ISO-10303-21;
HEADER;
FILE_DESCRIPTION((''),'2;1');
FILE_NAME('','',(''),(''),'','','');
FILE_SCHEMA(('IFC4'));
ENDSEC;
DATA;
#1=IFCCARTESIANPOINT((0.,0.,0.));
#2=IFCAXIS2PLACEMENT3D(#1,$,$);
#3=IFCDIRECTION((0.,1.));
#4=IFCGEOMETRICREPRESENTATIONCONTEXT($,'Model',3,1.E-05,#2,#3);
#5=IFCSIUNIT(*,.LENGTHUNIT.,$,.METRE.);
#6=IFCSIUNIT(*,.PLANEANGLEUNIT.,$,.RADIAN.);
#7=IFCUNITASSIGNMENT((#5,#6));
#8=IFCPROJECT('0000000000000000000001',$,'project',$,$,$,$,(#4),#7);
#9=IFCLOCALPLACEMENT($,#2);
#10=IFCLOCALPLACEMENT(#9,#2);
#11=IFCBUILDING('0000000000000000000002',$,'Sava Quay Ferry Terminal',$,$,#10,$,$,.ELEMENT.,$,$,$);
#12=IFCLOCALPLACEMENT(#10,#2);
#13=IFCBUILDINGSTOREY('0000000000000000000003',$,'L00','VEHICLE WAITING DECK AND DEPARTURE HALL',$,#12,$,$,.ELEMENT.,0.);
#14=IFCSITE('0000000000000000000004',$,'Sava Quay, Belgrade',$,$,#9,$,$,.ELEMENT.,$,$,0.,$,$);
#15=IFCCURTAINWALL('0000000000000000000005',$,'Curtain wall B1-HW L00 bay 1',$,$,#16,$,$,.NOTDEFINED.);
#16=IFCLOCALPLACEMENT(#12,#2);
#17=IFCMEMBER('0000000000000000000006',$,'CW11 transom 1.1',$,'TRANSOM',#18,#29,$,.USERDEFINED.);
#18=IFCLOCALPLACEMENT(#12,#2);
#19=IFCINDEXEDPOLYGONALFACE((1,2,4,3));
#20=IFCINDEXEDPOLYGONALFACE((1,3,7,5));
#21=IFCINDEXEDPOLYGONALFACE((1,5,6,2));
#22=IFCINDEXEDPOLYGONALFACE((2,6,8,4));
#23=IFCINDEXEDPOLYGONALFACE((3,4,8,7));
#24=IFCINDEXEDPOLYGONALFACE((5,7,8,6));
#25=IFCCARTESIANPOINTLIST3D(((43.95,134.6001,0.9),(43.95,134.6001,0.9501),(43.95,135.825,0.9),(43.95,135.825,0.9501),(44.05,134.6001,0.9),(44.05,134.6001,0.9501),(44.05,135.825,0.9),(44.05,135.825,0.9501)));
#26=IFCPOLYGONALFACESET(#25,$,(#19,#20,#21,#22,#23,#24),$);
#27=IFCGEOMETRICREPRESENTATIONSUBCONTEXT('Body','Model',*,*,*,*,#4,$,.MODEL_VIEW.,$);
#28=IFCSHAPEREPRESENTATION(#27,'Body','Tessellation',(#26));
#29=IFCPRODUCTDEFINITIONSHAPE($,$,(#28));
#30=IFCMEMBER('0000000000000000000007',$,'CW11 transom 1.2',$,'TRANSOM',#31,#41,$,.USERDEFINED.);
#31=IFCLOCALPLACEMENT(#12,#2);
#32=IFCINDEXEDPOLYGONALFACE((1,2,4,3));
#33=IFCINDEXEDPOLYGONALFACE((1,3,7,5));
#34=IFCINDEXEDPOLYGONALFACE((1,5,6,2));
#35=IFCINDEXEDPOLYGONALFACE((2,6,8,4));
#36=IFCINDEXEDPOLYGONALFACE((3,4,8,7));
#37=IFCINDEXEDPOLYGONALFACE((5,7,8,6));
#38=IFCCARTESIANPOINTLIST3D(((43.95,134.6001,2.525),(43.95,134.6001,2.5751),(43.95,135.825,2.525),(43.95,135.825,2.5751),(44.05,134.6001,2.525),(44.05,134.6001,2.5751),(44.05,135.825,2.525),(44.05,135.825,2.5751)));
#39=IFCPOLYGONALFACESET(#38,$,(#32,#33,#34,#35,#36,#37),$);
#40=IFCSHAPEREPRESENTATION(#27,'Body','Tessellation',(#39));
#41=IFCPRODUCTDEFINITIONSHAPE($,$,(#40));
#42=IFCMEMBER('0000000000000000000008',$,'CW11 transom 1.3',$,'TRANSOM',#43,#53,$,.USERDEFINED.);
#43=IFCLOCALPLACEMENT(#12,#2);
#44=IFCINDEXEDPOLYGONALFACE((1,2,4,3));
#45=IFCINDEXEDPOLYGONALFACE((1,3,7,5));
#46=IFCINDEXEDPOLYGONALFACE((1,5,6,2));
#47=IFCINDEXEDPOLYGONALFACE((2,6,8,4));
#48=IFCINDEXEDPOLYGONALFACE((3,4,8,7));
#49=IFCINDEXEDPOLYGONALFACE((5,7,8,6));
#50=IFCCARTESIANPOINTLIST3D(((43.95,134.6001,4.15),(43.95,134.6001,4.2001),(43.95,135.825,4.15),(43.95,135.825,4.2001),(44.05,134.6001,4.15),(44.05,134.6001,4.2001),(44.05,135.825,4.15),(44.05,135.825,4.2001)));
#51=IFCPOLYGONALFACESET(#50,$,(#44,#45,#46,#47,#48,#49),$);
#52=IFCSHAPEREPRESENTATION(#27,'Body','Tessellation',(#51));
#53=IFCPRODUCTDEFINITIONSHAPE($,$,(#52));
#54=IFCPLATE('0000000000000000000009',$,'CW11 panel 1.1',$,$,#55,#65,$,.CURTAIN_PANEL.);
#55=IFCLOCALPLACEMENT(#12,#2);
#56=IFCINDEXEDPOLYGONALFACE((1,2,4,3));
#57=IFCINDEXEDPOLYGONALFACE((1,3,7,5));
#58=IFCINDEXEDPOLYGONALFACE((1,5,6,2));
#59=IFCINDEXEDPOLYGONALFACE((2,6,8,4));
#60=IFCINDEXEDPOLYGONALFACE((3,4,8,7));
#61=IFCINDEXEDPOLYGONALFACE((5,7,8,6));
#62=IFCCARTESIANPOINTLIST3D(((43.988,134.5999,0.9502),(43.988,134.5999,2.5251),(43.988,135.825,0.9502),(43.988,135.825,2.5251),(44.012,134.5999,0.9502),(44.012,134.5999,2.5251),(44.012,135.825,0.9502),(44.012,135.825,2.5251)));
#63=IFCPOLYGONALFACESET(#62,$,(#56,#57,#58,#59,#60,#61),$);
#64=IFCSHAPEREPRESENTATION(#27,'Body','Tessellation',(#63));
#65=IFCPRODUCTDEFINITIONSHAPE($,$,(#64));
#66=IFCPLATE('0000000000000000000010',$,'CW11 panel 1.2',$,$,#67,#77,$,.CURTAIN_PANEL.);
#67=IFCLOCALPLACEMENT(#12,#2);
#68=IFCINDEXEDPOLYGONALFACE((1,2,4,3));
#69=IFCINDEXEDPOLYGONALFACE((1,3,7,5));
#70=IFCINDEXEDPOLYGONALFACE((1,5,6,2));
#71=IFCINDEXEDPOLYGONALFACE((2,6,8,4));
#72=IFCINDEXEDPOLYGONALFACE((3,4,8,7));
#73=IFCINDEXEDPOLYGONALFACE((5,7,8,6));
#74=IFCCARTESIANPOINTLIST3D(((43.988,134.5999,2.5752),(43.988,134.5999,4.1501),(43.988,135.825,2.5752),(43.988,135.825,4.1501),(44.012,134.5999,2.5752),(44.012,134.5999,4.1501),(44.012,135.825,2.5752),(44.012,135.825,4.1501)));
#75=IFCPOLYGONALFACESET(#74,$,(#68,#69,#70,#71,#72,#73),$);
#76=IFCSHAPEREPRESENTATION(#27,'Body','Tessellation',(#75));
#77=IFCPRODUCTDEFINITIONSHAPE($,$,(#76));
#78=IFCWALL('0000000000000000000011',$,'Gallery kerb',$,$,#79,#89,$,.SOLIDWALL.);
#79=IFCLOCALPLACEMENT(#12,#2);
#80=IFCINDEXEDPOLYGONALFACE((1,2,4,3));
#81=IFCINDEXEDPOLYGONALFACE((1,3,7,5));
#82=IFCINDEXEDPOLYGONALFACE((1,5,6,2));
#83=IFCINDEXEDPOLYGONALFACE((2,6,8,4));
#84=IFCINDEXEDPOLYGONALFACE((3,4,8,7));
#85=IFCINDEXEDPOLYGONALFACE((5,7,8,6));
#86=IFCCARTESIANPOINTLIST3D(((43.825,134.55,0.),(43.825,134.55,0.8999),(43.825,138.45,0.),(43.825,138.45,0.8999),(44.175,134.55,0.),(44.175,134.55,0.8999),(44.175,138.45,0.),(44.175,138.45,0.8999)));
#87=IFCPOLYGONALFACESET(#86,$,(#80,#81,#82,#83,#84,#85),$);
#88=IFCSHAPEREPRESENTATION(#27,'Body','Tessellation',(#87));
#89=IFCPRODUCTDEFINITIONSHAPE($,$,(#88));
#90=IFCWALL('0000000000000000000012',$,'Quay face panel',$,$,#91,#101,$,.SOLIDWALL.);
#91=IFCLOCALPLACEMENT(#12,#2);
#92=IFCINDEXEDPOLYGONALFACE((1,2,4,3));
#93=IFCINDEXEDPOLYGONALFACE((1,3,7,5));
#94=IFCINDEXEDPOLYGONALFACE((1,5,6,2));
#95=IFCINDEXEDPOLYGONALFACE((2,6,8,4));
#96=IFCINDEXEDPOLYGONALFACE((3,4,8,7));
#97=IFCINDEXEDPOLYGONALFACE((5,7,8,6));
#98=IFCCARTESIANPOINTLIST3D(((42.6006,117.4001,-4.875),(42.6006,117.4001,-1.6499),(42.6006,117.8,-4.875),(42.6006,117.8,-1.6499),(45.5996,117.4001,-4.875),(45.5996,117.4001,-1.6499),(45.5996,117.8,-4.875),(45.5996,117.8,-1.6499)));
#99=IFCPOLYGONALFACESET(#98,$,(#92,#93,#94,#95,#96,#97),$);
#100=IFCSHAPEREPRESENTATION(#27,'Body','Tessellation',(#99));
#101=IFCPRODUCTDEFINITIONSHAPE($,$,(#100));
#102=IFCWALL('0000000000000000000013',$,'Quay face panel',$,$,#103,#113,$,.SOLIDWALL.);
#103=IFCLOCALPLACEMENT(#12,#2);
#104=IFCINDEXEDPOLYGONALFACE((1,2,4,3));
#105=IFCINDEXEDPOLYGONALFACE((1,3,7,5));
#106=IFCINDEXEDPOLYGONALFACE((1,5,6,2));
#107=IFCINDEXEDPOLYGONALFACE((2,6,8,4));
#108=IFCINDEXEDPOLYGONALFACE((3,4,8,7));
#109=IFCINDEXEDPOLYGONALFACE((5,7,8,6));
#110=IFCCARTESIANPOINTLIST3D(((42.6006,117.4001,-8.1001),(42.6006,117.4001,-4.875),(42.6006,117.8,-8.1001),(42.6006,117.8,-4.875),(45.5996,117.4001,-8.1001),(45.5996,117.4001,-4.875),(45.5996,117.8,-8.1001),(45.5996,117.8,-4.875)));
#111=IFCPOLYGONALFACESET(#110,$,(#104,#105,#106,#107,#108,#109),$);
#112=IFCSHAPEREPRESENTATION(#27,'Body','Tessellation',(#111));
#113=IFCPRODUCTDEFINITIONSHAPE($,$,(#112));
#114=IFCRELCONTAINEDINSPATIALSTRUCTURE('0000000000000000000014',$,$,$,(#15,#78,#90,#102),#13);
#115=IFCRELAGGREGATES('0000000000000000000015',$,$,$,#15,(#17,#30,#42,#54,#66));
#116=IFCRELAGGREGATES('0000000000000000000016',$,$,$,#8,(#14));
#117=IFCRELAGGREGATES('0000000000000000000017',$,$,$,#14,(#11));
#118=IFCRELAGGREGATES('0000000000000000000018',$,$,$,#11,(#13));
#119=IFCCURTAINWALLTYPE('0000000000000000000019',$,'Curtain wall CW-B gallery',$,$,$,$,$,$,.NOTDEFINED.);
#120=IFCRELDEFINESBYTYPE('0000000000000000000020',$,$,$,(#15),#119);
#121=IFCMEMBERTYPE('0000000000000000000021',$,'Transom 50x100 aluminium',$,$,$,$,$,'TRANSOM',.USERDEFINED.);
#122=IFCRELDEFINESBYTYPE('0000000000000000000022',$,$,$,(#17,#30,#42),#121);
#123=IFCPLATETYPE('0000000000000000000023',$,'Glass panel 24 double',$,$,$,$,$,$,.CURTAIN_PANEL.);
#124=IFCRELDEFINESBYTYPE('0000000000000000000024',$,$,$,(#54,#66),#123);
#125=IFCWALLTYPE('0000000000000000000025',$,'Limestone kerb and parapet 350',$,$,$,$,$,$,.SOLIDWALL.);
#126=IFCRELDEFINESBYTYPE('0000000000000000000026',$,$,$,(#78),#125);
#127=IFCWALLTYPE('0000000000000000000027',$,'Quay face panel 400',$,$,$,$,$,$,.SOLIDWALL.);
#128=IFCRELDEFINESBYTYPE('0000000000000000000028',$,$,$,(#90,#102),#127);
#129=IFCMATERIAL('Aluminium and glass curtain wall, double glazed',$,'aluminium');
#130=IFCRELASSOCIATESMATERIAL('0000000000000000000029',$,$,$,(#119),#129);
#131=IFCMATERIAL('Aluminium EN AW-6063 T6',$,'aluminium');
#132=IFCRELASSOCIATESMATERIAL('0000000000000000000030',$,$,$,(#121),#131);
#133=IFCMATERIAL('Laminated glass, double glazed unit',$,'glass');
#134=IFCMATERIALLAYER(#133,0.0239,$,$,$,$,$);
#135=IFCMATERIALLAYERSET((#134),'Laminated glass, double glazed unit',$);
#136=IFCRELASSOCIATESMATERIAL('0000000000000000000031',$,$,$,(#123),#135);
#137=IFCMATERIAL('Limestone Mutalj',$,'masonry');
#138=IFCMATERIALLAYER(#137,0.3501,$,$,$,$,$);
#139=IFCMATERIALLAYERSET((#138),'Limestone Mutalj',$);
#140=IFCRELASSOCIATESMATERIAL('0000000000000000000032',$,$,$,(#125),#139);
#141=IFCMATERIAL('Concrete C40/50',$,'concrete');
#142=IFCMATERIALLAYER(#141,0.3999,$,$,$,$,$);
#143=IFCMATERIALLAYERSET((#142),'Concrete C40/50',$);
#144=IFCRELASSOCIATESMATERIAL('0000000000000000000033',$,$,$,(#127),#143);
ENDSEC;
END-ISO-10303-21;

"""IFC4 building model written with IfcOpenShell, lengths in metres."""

from ifc_helpers import new_model, si_unit, direction, frame, frame_2d, origin, origin_2d, place, context, subcontext, project, spatial, rectangle, extrude, material, layer, layer_set, material_profile, profile_set, type_object, element, aggregate, save


model = new_model("IFC4")

# Units and contexts
model_context = context("Model", 3, precision=1e-05, world=origin(), true_north=direction((0.0, 1.0)))
body_context = subcontext(model_context, "Body", "Model", "MODEL_VIEW")
ifc_project = project(units=[si_unit("LENGTHUNIT", "METRE"), si_unit("PLANEANGLEUNIT", "RADIAN")], contexts=[model_context])

# Site, building, storey
site_placement = place(None, origin())
site = spatial("IfcSite", under=ifc_project, at=site_placement, Name="Sava Quay, Belgrade", CompositionType="ELEMENT", RefElevation=0.0)
building_placement = place(site_placement, origin())
building = spatial("IfcBuilding", under=site, at=building_placement, Name="Sava Quay Ferry Terminal", CompositionType="ELEMENT")
storey_placement = place(building_placement, origin())
storey = spatial("IfcBuildingStorey", under=building, at=storey_placement, Name="L00", Description="VEHICLE WAITING DECK AND DEPARTURE HALL", CompositionType="ELEMENT", Elevation=0.0)

# Curtain wall, members, plates
ifc_material_1 = material(Name="Aluminium and glass curtain wall, double glazed", Category="aluminium")
curtain_wall_type = type_object("IfcCurtainWallType", Name="Curtain wall CW-B gallery", PredefinedType="NOTDEFINED", material=ifc_material_1)
curtain_wall_placement = place(storey_placement, origin())
curtain_wall = element("IfcCurtainWall", 1, at=curtain_wall_placement, inside=storey, type_object=curtain_wall_type, Name="Curtain wall B1-HW L00 bay 1", PredefinedType="NOTDEFINED")
ifc_material_2 = material(Name="Aluminium EN AW-6063 T6", Category="aluminium")
ifc_material_profile_1 = material_profile(ifc_material_2, rectangle(XDim=0.1001, YDim=0.05, at=origin_2d()), Name="Transom 50x100 aluminium")
ifc_profile_set_1 = profile_set([ifc_material_profile_1], Name="Aluminium EN AW-6063 T6")
member_type_1 = type_object("IfcMemberType", Name="Transom 50x100 aluminium", ElementType="TRANSOM", PredefinedType="USERDEFINED", material=ifc_profile_set_1)
member_1_placement = place(storey_placement, frame((44.0, 134.6001, 0.925), z_axis=(0.0, 1.0, 0.0), x_axis=(-1.0, 0.0, 0.0)))
member_1 = element("IfcMember", 2, at=member_1_placement, type_object=member_type_1, Name="CW11 transom 1.1", ObjectType="TRANSOM", PredefinedType="USERDEFINED", context=body_context, shape_type="SweptSolid", body=[
    extrude(rectangle(XDim=0.1001, YDim=0.05, at=origin_2d()), origin(), (0.0, 0.0, 1.0), 1.2249),
])
member_2_placement = place(storey_placement, frame((44.0, 134.6001, 2.55), z_axis=(0.0, 1.0, 0.0), x_axis=(-1.0, 0.0, 0.0)))
member_2 = element("IfcMember", 3, at=member_2_placement, type_object=member_type_1, Name="CW11 transom 1.2", ObjectType="TRANSOM", PredefinedType="USERDEFINED", context=body_context, shape_type="SweptSolid", body=[
    extrude(rectangle(XDim=0.1001, YDim=0.05, at=origin_2d()), origin(), (0.0, 0.0, 1.0), 1.2249),
])
member_3_placement = place(storey_placement, frame((44.0, 134.6001, 4.175), z_axis=(0.0, 1.0, 0.0), x_axis=(-1.0, 0.0, 0.0)))
member_3 = element("IfcMember", 4, at=member_3_placement, type_object=member_type_1, Name="CW11 transom 1.3", ObjectType="TRANSOM", PredefinedType="USERDEFINED", context=body_context, shape_type="SweptSolid", body=[
    extrude(rectangle(XDim=0.1001, YDim=0.05, at=origin_2d()), origin(), (0.0, 0.0, 1.0), 1.2249),
])
ifc_material_3 = material(Name="Laminated glass, double glazed unit", Category="glass")
ifc_layer_1 = layer(ifc_material_3, 0.0239)
ifc_layer_set_1 = layer_set([ifc_layer_1], Name="Laminated glass, double glazed unit")
plate_type = type_object("IfcPlateType", Name="Glass panel 24 double", PredefinedType="CURTAIN_PANEL", material=ifc_layer_set_1)
plate_1_placement = place(storey_placement, frame((44.0, 135.2124, 0.9502), z_axis=(0.0, 0.0, 1.0), x_axis=(0.0, 1.0, 0.0)))
plate_1 = element("IfcPlate", 5, at=plate_1_placement, type_object=plate_type, Name="CW11 panel 1.1", PredefinedType="CURTAIN_PANEL", context=body_context, shape_type="SweptSolid", body=[
    extrude(rectangle(XDim=1.2251, YDim=0.0239, at=origin_2d()), origin(), (0.0, 0.0, 1.0), 1.575),
])
plate_2_placement = place(storey_placement, frame((44.0, 135.2124, 2.5752), z_axis=(0.0, 0.0, 1.0), x_axis=(0.0, 1.0, 0.0)))
plate_2 = element("IfcPlate", 6, at=plate_2_placement, type_object=plate_type, Name="CW11 panel 1.2", PredefinedType="CURTAIN_PANEL", context=body_context, shape_type="SweptSolid", body=[
    extrude(rectangle(XDim=1.2251, YDim=0.0239, at=origin_2d()), origin(), (0.0, 0.0, 1.0), 1.575),
])
aggregate(curtain_wall, [member_1, member_2, member_3, plate_1, plate_2])

# Walls
ifc_material_4 = material(Name="Limestone Mutalj", Category="masonry")
ifc_layer_2 = layer(ifc_material_4, 0.3501)
ifc_layer_set_2 = layer_set([ifc_layer_2], Name="Limestone Mutalj")
wall_type_1 = type_object("IfcWallType", Name="Limestone kerb and parapet 350", PredefinedType="SOLIDWALL", material=ifc_layer_set_2)
wall_placement = place(storey_placement, frame((44.0, 134.55, 0.0), z_axis=(0.0, 0.0, 1.0), x_axis=(0.0, 1.0, 0.0)))
element("IfcWall", 7, at=wall_placement, inside=storey, type_object=wall_type_1, Name="Gallery kerb", PredefinedType="SOLIDWALL", context=body_context, shape_type="SweptSolid", body=[
    extrude(rectangle(XDim=3.8999, YDim=0.3501, at=frame_2d((1.95, 0.0))), origin(), (0.0, 0.0, 1.0), 0.8999),
])
ifc_material_5 = material(Name="Concrete C40/50", Category="concrete")
ifc_layer_3 = layer(ifc_material_5, 0.3999)
ifc_layer_set_3 = layer_set([ifc_layer_3], Name="Concrete C40/50")
wall_type_2 = type_object("IfcWallType", Name="Quay face panel 400", PredefinedType="SOLIDWALL", material=ifc_layer_set_3)
for number, where, z_axis, x_axis, name in (
    (8, (42.6006, 117.6001, -4.875), (0.0, 0.0, 1.0), (1.0, 0.0, 0.0), "Quay face panel"),
    (9, (42.6006, 117.6001, -8.1001), (0.0, 0.0, 1.0), (1.0, 0.0, 0.0), "Quay face panel"),
):
    element("IfcWall", number, at=place(storey_placement, frame(where, z_axis=z_axis, x_axis=x_axis)), inside=storey, type_object=wall_type_2, Name=name, PredefinedType="SOLIDWALL", context=body_context, shape_type="SweptSolid", body=[
        extrude(rectangle(XDim=2.999, YDim=0.3999, at=frame_2d((1.4995, 0.0))), origin(), (0.0, 0.0, 1.0), 3.2251),
    ])

save(model, "model.ifc")
